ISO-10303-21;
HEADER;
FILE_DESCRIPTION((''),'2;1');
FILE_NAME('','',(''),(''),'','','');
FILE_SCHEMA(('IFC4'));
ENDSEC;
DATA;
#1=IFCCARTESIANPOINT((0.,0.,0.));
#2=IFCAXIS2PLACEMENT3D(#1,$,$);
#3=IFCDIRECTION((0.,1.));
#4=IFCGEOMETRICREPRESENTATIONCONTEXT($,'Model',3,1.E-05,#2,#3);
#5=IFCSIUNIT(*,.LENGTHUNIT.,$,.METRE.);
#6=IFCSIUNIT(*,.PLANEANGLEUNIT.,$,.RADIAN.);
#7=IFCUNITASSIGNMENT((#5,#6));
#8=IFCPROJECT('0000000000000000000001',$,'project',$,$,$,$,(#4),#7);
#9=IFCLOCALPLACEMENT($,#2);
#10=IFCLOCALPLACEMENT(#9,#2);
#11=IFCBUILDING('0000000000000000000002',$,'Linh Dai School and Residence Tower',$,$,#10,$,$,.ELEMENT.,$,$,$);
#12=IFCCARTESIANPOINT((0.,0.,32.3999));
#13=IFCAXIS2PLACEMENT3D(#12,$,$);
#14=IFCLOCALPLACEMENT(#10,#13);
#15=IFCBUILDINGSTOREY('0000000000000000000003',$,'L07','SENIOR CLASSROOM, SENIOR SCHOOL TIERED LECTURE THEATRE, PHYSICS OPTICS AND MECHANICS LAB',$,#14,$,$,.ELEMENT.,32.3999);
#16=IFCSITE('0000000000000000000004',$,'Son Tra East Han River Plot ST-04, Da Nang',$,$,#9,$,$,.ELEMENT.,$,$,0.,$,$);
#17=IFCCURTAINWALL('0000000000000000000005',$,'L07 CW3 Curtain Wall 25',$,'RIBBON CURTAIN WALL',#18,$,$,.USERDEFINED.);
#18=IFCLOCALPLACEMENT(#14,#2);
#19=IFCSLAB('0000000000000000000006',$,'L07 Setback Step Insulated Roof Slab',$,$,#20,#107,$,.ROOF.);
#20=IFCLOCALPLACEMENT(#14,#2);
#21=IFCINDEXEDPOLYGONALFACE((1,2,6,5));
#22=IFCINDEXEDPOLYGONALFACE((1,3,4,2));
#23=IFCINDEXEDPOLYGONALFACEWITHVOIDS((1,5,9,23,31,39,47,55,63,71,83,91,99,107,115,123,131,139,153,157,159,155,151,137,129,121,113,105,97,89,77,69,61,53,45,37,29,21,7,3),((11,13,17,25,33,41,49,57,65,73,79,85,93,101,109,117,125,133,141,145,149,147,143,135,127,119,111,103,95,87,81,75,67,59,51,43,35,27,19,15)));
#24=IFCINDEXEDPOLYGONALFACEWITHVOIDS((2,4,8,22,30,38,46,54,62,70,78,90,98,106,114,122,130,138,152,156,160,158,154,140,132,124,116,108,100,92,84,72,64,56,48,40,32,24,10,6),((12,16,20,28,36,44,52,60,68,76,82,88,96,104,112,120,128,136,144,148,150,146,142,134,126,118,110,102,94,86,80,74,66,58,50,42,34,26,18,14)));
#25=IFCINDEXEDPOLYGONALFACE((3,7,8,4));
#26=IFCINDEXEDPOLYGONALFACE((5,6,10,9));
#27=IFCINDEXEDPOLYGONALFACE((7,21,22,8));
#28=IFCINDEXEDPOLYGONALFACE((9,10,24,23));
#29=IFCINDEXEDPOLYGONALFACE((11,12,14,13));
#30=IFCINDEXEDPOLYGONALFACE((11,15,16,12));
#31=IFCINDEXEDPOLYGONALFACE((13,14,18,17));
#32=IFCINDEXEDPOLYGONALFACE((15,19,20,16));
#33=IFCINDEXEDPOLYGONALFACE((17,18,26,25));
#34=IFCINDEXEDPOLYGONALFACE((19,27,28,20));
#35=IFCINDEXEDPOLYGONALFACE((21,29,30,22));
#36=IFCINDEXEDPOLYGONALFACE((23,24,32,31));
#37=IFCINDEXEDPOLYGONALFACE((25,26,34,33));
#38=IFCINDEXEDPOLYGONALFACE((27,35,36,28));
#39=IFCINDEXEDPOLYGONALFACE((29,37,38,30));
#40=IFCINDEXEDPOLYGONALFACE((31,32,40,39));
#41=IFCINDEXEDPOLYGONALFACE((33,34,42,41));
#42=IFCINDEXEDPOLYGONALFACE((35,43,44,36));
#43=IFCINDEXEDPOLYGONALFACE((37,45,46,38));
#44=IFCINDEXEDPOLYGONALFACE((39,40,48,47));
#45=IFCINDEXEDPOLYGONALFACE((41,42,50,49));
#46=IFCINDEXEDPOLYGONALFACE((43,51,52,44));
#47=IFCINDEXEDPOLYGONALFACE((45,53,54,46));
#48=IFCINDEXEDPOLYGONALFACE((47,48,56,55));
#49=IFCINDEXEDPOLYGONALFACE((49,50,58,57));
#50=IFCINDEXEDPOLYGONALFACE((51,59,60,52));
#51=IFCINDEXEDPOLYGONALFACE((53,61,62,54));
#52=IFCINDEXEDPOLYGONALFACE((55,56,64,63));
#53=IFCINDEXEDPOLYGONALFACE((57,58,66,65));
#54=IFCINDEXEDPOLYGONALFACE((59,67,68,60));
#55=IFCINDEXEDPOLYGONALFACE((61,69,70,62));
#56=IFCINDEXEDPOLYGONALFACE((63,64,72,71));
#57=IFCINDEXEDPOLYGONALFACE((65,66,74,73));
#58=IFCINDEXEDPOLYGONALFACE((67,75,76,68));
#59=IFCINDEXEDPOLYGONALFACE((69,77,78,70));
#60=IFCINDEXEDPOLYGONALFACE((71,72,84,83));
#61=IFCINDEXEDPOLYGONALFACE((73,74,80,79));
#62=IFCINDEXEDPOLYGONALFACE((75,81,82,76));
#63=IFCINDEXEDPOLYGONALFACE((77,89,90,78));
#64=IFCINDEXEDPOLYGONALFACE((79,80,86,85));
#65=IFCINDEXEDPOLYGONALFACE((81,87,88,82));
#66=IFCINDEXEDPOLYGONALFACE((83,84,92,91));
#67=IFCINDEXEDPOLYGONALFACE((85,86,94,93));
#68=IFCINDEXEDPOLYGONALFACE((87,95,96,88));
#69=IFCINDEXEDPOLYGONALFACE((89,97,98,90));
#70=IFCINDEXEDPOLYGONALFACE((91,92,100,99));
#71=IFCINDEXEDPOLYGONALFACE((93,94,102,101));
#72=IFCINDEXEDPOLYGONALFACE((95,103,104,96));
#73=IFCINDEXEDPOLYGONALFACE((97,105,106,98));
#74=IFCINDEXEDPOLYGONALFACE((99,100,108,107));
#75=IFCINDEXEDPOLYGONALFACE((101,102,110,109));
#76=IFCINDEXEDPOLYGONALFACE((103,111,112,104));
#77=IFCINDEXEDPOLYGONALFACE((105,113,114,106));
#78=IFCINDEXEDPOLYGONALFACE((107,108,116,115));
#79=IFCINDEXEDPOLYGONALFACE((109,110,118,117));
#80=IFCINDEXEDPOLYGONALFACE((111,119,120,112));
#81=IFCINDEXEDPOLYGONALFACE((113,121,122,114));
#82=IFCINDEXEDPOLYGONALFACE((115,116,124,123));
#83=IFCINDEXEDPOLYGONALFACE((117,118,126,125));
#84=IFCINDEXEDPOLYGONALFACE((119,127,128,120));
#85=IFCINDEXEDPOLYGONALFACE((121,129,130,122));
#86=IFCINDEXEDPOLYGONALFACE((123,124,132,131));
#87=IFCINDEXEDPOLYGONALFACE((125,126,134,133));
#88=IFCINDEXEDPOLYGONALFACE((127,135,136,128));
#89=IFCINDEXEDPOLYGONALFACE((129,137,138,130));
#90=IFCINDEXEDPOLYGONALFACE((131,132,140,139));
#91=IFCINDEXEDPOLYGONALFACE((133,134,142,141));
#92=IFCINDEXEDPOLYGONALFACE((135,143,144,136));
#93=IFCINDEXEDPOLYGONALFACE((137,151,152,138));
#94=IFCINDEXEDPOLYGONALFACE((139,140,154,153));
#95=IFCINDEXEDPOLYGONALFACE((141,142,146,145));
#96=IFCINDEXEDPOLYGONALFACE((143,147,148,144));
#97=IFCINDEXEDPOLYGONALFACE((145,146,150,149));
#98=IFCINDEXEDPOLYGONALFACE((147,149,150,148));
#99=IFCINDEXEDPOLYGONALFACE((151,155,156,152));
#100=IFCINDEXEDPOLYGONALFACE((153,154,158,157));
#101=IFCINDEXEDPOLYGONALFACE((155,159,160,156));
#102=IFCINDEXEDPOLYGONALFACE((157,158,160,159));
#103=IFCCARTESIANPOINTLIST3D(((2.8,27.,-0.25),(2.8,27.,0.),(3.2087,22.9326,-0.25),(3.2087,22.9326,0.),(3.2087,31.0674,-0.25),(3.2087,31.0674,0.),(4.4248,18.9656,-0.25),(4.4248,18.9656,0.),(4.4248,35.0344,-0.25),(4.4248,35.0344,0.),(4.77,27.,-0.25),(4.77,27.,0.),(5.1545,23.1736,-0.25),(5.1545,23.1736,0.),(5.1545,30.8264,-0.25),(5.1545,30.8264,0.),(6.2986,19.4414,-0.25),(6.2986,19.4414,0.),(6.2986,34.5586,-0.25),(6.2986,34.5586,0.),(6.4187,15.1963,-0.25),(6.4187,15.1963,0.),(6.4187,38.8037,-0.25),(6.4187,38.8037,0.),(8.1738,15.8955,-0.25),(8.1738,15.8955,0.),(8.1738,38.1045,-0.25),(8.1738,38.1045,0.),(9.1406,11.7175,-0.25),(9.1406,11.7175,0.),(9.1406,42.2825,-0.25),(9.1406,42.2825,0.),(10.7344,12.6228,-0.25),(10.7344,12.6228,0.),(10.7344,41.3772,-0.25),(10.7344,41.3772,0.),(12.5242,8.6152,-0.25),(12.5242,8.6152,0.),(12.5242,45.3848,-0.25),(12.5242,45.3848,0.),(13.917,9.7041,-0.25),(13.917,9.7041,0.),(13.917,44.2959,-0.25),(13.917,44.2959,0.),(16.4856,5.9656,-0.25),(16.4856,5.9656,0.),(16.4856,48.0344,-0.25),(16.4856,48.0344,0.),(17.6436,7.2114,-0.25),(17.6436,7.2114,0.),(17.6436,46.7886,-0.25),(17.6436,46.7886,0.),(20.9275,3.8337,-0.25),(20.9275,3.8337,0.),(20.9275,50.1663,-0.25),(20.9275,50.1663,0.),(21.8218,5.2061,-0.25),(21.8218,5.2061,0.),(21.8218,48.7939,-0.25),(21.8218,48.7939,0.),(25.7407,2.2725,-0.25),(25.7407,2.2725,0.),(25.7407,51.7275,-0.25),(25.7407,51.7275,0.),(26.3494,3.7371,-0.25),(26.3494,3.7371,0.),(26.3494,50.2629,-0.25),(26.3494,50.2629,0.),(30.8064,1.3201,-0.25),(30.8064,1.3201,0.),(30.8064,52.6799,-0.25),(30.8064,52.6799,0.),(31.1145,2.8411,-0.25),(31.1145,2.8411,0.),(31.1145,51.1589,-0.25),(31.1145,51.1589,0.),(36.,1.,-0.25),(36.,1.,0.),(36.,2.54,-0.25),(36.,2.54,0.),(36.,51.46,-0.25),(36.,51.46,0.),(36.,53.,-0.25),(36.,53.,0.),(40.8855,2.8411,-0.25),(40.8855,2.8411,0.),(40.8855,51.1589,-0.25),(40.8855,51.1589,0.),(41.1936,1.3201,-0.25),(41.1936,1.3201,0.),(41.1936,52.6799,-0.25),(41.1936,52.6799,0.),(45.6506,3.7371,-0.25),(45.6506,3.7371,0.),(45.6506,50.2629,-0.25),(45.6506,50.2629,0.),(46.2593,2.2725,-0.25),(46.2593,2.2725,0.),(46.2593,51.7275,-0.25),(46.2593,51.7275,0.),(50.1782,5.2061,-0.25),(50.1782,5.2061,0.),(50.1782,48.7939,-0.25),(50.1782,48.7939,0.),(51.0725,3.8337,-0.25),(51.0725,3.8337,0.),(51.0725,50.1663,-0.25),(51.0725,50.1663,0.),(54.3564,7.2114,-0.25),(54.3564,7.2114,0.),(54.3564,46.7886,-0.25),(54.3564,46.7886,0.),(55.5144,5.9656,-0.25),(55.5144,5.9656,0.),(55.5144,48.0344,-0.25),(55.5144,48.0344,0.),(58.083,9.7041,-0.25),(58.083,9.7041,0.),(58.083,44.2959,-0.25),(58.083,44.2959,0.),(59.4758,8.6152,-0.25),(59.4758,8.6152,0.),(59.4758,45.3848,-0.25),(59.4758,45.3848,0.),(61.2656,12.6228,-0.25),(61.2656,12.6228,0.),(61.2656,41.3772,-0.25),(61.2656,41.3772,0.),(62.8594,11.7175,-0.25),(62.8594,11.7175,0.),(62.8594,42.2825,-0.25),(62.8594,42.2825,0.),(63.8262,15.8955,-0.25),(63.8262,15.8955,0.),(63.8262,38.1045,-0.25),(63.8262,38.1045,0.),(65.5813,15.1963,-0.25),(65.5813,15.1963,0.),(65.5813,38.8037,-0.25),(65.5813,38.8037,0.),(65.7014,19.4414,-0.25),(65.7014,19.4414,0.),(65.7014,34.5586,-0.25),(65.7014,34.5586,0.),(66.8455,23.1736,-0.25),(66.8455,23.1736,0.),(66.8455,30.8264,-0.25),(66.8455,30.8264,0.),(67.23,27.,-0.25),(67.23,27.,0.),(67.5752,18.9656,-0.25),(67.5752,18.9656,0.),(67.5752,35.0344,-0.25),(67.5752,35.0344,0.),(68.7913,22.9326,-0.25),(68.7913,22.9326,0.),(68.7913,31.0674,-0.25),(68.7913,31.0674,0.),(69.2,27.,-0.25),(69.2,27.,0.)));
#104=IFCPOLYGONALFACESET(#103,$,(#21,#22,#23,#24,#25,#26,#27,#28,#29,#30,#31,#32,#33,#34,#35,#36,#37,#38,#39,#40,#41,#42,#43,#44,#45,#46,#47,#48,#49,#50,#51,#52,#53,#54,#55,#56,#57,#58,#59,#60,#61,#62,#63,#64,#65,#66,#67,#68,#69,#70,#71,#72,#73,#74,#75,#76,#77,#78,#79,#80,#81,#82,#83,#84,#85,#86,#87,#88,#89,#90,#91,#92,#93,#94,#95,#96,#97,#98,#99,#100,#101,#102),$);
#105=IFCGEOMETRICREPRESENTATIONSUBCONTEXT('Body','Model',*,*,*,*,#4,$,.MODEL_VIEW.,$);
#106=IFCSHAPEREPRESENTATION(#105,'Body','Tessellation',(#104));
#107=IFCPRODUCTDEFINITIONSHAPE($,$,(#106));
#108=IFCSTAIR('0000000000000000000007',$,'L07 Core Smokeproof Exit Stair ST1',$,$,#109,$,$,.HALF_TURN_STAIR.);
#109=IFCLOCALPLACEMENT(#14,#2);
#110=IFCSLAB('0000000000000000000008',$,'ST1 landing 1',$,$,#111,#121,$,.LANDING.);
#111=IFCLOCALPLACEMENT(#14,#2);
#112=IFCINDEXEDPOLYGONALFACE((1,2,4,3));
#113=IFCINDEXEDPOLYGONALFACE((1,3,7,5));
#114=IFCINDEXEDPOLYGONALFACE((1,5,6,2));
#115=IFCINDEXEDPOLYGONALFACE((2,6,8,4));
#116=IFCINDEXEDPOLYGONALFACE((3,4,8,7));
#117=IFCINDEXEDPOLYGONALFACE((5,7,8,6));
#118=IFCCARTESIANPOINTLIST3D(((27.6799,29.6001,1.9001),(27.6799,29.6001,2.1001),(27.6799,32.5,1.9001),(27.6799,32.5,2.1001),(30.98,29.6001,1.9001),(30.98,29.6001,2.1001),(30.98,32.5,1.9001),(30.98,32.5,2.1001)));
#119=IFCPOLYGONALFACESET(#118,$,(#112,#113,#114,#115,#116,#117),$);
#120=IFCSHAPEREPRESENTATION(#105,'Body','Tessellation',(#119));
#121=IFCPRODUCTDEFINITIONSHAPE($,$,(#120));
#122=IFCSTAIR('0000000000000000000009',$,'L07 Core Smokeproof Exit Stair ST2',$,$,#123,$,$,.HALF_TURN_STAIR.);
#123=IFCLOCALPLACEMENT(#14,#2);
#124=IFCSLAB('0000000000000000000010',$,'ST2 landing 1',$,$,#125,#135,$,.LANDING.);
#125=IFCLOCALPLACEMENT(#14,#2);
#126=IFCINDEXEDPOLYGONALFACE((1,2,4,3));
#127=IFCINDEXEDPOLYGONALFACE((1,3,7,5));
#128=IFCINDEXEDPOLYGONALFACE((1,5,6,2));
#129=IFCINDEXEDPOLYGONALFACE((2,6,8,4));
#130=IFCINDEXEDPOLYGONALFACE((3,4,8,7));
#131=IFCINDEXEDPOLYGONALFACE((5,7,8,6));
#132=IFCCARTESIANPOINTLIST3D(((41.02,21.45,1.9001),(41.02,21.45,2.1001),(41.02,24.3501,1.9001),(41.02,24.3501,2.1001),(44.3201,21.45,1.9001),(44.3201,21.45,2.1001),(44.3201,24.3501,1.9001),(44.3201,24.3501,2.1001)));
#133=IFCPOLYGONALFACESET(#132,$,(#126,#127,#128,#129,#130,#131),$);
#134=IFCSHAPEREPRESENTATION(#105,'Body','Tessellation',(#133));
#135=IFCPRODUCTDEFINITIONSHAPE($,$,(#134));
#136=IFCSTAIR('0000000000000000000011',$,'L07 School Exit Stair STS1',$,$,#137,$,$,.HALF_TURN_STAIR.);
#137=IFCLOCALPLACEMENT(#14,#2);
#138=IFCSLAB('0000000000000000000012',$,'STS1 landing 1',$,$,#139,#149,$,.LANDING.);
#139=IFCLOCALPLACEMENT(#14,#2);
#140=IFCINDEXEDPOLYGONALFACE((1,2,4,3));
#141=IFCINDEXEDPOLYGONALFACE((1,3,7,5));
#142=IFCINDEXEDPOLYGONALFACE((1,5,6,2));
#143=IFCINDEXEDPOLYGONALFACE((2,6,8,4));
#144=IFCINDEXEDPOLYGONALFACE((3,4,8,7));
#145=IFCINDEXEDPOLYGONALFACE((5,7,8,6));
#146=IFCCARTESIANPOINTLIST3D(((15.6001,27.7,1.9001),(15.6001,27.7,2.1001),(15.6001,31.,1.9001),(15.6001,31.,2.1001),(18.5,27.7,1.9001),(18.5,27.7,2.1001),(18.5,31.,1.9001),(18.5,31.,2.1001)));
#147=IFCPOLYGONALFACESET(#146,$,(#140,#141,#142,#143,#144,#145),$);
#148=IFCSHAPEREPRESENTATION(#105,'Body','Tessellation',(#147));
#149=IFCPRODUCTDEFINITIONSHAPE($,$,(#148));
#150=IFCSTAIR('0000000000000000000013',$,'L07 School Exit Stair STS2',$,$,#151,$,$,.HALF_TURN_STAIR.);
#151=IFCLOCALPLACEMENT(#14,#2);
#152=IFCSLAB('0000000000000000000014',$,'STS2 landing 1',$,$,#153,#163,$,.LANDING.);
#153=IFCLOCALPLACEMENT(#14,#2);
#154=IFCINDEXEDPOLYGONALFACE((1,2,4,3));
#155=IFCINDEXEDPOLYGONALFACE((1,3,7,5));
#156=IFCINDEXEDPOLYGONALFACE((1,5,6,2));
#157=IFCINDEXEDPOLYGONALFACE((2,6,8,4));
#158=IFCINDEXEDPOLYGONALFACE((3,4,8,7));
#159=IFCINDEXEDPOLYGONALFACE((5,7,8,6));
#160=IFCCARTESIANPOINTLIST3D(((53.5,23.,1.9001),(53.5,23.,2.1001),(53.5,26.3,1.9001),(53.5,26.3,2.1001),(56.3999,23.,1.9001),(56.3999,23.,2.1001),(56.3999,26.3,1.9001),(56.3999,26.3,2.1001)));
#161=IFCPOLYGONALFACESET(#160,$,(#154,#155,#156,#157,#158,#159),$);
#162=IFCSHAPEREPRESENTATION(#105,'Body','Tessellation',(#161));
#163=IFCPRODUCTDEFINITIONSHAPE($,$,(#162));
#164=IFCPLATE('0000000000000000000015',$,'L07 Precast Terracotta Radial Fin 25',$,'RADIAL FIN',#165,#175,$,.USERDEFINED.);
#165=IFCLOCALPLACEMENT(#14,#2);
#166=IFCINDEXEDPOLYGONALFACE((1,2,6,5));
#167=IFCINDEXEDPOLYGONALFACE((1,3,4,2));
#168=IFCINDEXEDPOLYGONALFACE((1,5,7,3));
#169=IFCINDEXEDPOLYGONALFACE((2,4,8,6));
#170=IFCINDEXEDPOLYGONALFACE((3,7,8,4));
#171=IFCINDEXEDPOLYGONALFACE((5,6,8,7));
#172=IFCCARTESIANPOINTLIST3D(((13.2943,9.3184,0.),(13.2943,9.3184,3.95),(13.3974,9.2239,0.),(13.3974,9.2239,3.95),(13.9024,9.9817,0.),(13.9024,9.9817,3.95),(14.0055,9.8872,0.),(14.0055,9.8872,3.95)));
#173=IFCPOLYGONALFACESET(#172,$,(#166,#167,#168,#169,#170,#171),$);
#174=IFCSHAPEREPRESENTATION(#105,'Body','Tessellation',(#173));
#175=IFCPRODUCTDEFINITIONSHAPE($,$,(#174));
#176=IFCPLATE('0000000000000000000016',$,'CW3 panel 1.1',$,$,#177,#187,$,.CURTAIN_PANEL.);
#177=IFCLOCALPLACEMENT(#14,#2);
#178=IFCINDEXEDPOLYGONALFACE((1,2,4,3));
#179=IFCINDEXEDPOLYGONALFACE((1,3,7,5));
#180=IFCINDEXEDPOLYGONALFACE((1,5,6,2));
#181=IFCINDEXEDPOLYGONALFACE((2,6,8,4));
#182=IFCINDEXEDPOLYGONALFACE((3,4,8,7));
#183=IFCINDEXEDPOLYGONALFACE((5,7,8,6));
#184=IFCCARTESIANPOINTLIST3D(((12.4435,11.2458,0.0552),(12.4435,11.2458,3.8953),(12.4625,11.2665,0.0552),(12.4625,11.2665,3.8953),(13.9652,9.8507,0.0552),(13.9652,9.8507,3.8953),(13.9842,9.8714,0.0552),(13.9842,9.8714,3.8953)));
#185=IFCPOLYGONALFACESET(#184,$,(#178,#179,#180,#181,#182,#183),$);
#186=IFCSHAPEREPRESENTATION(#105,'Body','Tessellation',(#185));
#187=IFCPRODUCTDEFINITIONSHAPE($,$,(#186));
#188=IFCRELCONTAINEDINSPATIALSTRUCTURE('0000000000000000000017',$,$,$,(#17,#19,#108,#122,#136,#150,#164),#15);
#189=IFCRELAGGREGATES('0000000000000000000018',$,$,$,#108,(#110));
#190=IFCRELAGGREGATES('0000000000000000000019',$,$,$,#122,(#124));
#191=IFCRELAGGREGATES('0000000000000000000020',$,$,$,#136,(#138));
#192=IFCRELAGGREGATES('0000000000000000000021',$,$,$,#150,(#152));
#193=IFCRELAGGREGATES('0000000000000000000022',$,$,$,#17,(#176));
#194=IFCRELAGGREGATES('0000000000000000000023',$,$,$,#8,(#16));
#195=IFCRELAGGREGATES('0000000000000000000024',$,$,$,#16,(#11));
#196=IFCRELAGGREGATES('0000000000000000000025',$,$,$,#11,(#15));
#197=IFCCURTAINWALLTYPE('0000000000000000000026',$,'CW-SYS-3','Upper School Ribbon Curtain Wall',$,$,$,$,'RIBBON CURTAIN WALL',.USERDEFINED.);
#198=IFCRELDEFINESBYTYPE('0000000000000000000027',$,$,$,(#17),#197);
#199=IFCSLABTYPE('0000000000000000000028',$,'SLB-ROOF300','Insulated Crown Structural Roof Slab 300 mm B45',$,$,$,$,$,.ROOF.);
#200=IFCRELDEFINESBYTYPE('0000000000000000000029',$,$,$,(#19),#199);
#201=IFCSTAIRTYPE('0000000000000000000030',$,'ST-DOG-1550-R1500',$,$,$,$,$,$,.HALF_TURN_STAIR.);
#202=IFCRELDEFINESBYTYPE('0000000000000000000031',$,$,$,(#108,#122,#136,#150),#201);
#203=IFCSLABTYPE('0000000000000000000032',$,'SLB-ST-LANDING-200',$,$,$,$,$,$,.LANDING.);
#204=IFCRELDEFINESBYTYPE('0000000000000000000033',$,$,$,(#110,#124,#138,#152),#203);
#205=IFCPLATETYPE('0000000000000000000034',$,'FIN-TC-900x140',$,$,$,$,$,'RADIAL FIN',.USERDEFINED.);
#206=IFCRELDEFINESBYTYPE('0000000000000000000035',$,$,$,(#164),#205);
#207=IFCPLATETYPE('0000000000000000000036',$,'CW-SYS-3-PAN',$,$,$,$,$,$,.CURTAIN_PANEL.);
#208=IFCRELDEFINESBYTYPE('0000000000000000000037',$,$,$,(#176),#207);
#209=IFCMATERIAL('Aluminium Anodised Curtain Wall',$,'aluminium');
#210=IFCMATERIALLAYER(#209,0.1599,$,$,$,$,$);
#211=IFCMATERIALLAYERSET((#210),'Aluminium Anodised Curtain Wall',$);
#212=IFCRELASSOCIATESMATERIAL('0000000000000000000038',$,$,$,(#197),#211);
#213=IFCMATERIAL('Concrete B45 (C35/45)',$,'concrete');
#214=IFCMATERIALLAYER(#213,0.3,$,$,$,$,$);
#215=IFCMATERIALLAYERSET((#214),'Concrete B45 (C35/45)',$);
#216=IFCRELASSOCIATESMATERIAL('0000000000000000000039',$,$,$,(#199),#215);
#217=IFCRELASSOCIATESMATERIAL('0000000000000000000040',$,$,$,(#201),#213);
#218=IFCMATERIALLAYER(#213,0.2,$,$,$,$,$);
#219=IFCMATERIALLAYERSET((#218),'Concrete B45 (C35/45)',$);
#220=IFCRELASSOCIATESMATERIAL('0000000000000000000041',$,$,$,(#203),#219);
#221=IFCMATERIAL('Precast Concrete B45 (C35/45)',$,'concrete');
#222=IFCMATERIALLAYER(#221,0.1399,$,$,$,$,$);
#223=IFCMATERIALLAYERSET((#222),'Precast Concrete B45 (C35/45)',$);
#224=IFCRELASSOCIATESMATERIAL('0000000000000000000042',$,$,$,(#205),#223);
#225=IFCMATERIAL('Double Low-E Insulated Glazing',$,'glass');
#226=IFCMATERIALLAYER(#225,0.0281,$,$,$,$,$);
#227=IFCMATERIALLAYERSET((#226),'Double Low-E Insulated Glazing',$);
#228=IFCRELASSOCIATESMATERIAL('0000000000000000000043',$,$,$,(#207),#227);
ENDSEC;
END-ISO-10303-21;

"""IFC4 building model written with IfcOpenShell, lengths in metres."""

from ifc_helpers import new_model, si_unit, direction, frame, origin, origin_2d, place, context, subcontext, project, spatial, polyline, rectangle, outline, extrude, source, transform, mapped, material, layer, layer_set, type_object, element, aggregate, save


model = new_model("IFC4")

# Units and contexts
model_context = context("Model", 3, precision=1e-05, world=origin(), true_north=direction((0.0, 1.0)))
body_context = subcontext(model_context, "Body", "Model", "MODEL_VIEW")
ifc_project = project(units=[si_unit("LENGTHUNIT", "METRE"), si_unit("PLANEANGLEUNIT", "RADIAN")], contexts=[model_context])

# Site, building, storey
site_placement = place(None, origin())
site = spatial("IfcSite", under=ifc_project, at=site_placement, Name="Son Tra East Han River Plot ST-04, Da Nang", CompositionType="ELEMENT", RefElevation=0.0)
building_placement = place(site_placement, origin())
building = spatial("IfcBuilding", under=site, at=building_placement, Name="Linh Dai School and Residence Tower", CompositionType="ELEMENT")
storey_placement = place(building_placement, frame((0.0, 0.0, 32.3999)))
storey = spatial("IfcBuildingStorey", under=building, at=storey_placement, Name="L07", Description="SENIOR CLASSROOM, SENIOR SCHOOL TIERED LECTURE THEATRE, PHYSICS OPTICS AND MECHANICS LAB", CompositionType="ELEMENT", Elevation=32.3999)

# Curtain wall
ifc_material_1 = material(Name="Aluminium Anodised Curtain Wall", Category="aluminium")
ifc_layer_1 = layer(ifc_material_1, 0.1599)
ifc_layer_set_1 = layer_set([ifc_layer_1], Name="Aluminium Anodised Curtain Wall")
curtain_wall_type = type_object("IfcCurtainWallType", Name="CW-SYS-3", Description="Upper School Ribbon Curtain Wall", ElementType="RIBBON CURTAIN WALL", PredefinedType="USERDEFINED", material=ifc_layer_set_1)
curtain_wall_placement = place(storey_placement, origin())
curtain_wall = element("IfcCurtainWall", 1, at=curtain_wall_placement, inside=storey, type_object=curtain_wall_type, Name="L07 CW3 Curtain Wall 25", ObjectType="RIBBON CURTAIN WALL", PredefinedType="USERDEFINED")

# Slab
ifc_material_2 = material(Name="Concrete B45 (C35/45)", Category="concrete")
ifc_layer_2 = layer(ifc_material_2, 0.3)
ifc_layer_set_2 = layer_set([ifc_layer_2], Name="Concrete B45 (C35/45)")
slab_type_1 = type_object("IfcSlabType", Name="SLB-ROOF300", Description="Insulated Crown Structural Roof Slab 300 mm B45", PredefinedType="ROOF", material=ifc_layer_set_2)
slab_1_placement = place(storey_placement, frame((0.0, 0.0, -0.25)))
element("IfcSlab", 2, at=slab_1_placement, inside=storey, type_object=slab_type_1, Name="L07 Setback Step Insulated Roof Slab", PredefinedType="ROOF", context=body_context, shape_type="SweptSolid", body=[
    extrude(outline(polyline([(69.2, 27.0), (68.7913, 31.0674), (67.5752, 35.0344), (65.5813, 38.8037), (62.8594, 42.2825), (59.4758, 45.3848), (55.5144, 48.0344), (51.0725, 50.1663), (46.2593, 51.7275), (41.1936, 52.6799), (36.0, 53.0), (30.8064, 52.6799), (25.7407, 51.7275), (20.9275, 50.1663), (16.4856, 48.0344), (12.5242, 45.3848), (9.1406, 42.2825), (6.4187, 38.8037), (4.4248, 35.0344), (3.2087, 31.0674), (2.8, 27.0), (3.2087, 22.9326), (4.4248, 18.9656), (6.4187, 15.1963), (9.1406, 11.7175), (12.5242, 8.6152), (16.4856, 5.9656), (20.9275, 3.8337), (25.7407, 2.2725), (30.8064, 1.3201), (36.0, 1.0), (41.1936, 1.3201), (46.2593, 2.2725), (51.0725, 3.8337), (55.5144, 5.9656), (59.4758, 8.6152), (62.8594, 11.7175), (65.5813, 15.1963), (67.5752, 18.9656), (68.7913, 22.9326), (69.2, 27.0)]), holes=[polyline([(67.23, 27.0), (66.8455, 30.8264), (65.7014, 34.5586), (63.8262, 38.1045), (61.2656, 41.3772), (58.083, 44.2959), (54.3564, 46.7886), (50.1782, 48.7939), (45.6506, 50.2629), (40.8855, 51.1589), (36.0, 51.46), (31.1145, 51.1589), (26.3494, 50.2629), (21.8218, 48.7939), (17.6436, 46.7886), (13.917, 44.2959), (10.7344, 41.3772), (8.1738, 38.1045), (6.2986, 34.5586), (5.1545, 30.8264), (4.77, 27.0), (5.1545, 23.1736), (6.2986, 19.4414), (8.1738, 15.8955), (10.7344, 12.6228), (13.917, 9.7041), (17.6436, 7.2114), (21.8218, 5.2061), (26.3494, 3.7371), (31.1145, 2.8411), (36.0, 2.54), (40.8855, 2.8411), (45.6506, 3.7371), (50.1782, 5.2061), (54.3564, 7.2114), (58.083, 9.7041), (61.2656, 12.6228), (63.8262, 15.8955), (65.7014, 19.4414), (66.8455, 23.1736), (67.23, 27.0)])]), origin(), (0.0, 0.0, 1.0), 0.25),
])

# Stairs, slabs
stair_type = type_object("IfcStairType", Name="ST-DOG-1550-R1500", PredefinedType="HALF_TURN_STAIR", material=ifc_material_2)
stair_1_placement = place(storey_placement, origin())
stair_1 = element("IfcStair", 3, at=stair_1_placement, inside=storey, type_object=stair_type, Name="L07 Core Smokeproof Exit Stair ST1", PredefinedType="HALF_TURN_STAIR")
ifc_layer_3 = layer(ifc_material_2, 0.2)
ifc_layer_set_3 = layer_set([ifc_layer_3], Name="Concrete B45 (C35/45)")
slab_type_2 = type_object("IfcSlabType", Name="SLB-ST-LANDING-200", PredefinedType="LANDING", material=ifc_layer_set_3)
slab_2_placement = place(storey_placement, frame((0.0, 0.0, 1.9001)))
slab_2 = element("IfcSlab", 4, at=slab_2_placement, type_object=slab_type_2, Name="ST1 landing 1", PredefinedType="LANDING", context=body_context, shape_type="SweptSolid", body=[
    extrude(outline(polyline([(30.98, 29.6001), (30.98, 32.5), (27.6799, 32.5), (27.6799, 29.6001), (30.98, 29.6001)])), origin(), (0.0, 0.0, 1.0), 0.2),
])
aggregate(stair_1, [slab_2])
stair_2_placement = place(storey_placement, origin())
stair_2 = element("IfcStair", 5, at=stair_2_placement, inside=storey, type_object=stair_type, Name="L07 Core Smokeproof Exit Stair ST2", PredefinedType="HALF_TURN_STAIR")
slab_3_placement = place(storey_placement, frame((0.0, 0.0, 1.9001)))
slab_3 = element("IfcSlab", 6, at=slab_3_placement, type_object=slab_type_2, Name="ST2 landing 1", PredefinedType="LANDING", context=body_context, shape_type="SweptSolid", body=[
    extrude(outline(polyline([(41.02, 24.3501), (41.02, 21.45), (44.3201, 21.45), (44.3201, 24.3501), (41.02, 24.3501)])), origin(), (0.0, 0.0, 1.0), 0.2),
])
aggregate(stair_2, [slab_3])
stair_3_placement = place(storey_placement, origin())
stair_3 = element("IfcStair", 7, at=stair_3_placement, inside=storey, type_object=stair_type, Name="L07 School Exit Stair STS1", PredefinedType="HALF_TURN_STAIR")
slab_4_placement = place(storey_placement, frame((0.0, 0.0, 1.9001)))
slab_4 = element("IfcSlab", 8, at=slab_4_placement, type_object=slab_type_2, Name="STS1 landing 1", PredefinedType="LANDING", context=body_context, shape_type="SweptSolid", body=[
    extrude(outline(polyline([(18.5, 31.0), (15.6001, 31.0), (15.6001, 27.7), (18.5, 27.7), (18.5, 31.0)])), origin(), (0.0, 0.0, 1.0), 0.2),
])
aggregate(stair_3, [slab_4])
stair_4_placement = place(storey_placement, origin())
stair_4 = element("IfcStair", 9, at=stair_4_placement, inside=storey, type_object=stair_type, Name="L07 School Exit Stair STS2", PredefinedType="HALF_TURN_STAIR")
slab_5_placement = place(storey_placement, frame((0.0, 0.0, 1.9001)))
slab_5 = element("IfcSlab", 10, at=slab_5_placement, type_object=slab_type_2, Name="STS2 landing 1", PredefinedType="LANDING", context=body_context, shape_type="SweptSolid", body=[
    extrude(outline(polyline([(53.5, 23.0), (56.3999, 23.0), (56.3999, 26.3), (53.5, 26.3), (53.5, 23.0)])), origin(), (0.0, 0.0, 1.0), 0.2),
])
aggregate(stair_4, [slab_5])

# Plates
ifc_material_3 = material(Name="Precast Concrete B45 (C35/45)", Category="concrete")
ifc_layer_4 = layer(ifc_material_3, 0.1399)
ifc_layer_set_4 = layer_set([ifc_layer_4], Name="Precast Concrete B45 (C35/45)")
plate_type_1 = type_object("IfcPlateType", Name="FIN-TC-900x140", ElementType="RADIAL FIN", PredefinedType="USERDEFINED", material=ifc_layer_set_4)
shared_shape_1 = source(origin(), body_context, "Body", "SweptSolid", [
    extrude(rectangle(XDim=0.8999, YDim=0.1399, at=origin_2d()), origin(), (0.0, 0.0, 1.0), 3.95),
])
plate_1_placement = place(storey_placement, frame((13.6499, 9.6028, 0.0), z_axis=(0.0, 0.0, 1.0), x_axis=(-0.675769, -0.737113, 0.0)))
element("IfcPlate", 11, at=plate_1_placement, inside=storey, type_object=plate_type_1, Name="L07 Precast Terracotta Radial Fin 25", ObjectType="RADIAL FIN", PredefinedType="USERDEFINED", context=body_context, shape_type="MappedRepresentation", body=[
    mapped(shared_shape_1, transform((0.0, 0.0, 0.0), x_axis=(1.0, 0.0, 0.0), y_axis=(0.0, 1.0, 0.0), z_axis=(0.0, 0.0, 1.0), scale=1.0)),
])
ifc_material_4 = material(Name="Double Low-E Insulated Glazing", Category="glass")
ifc_layer_5 = layer(ifc_material_4, 0.0281)
ifc_layer_set_5 = layer_set([ifc_layer_5], Name="Double Low-E Insulated Glazing")
plate_type_2 = type_object("IfcPlateType", Name="CW-SYS-3-PAN", PredefinedType="CURTAIN_PANEL", material=ifc_layer_set_5)
shared_shape_2 = source(origin(), body_context, "Body", "SweptSolid", [
    extrude(rectangle(XDim=2.0645, YDim=0.0281, at=origin_2d()), origin(), (0.0, 0.0, 1.0), 3.8401),
])
plate_2_placement = place(storey_placement, frame((13.2139, 10.5586, 0.0552), z_axis=(0.0, 0.0, 1.0), x_axis=(-0.737113, 0.675769, 0.0)))
plate_2 = element("IfcPlate", 12, at=plate_2_placement, type_object=plate_type_2, Name="CW3 panel 1.1", PredefinedType="CURTAIN_PANEL", context=body_context, shape_type="MappedRepresentation", body=[
    mapped(shared_shape_2, transform((0.0, 0.0, 0.0), x_axis=(1.0, 0.0, 0.0), y_axis=(0.0, 1.0, 0.0), z_axis=(0.0, 0.0, 1.0), scale=1.0)),
])
aggregate(curtain_wall, [plate_2])

save(model, "model.ifc")
